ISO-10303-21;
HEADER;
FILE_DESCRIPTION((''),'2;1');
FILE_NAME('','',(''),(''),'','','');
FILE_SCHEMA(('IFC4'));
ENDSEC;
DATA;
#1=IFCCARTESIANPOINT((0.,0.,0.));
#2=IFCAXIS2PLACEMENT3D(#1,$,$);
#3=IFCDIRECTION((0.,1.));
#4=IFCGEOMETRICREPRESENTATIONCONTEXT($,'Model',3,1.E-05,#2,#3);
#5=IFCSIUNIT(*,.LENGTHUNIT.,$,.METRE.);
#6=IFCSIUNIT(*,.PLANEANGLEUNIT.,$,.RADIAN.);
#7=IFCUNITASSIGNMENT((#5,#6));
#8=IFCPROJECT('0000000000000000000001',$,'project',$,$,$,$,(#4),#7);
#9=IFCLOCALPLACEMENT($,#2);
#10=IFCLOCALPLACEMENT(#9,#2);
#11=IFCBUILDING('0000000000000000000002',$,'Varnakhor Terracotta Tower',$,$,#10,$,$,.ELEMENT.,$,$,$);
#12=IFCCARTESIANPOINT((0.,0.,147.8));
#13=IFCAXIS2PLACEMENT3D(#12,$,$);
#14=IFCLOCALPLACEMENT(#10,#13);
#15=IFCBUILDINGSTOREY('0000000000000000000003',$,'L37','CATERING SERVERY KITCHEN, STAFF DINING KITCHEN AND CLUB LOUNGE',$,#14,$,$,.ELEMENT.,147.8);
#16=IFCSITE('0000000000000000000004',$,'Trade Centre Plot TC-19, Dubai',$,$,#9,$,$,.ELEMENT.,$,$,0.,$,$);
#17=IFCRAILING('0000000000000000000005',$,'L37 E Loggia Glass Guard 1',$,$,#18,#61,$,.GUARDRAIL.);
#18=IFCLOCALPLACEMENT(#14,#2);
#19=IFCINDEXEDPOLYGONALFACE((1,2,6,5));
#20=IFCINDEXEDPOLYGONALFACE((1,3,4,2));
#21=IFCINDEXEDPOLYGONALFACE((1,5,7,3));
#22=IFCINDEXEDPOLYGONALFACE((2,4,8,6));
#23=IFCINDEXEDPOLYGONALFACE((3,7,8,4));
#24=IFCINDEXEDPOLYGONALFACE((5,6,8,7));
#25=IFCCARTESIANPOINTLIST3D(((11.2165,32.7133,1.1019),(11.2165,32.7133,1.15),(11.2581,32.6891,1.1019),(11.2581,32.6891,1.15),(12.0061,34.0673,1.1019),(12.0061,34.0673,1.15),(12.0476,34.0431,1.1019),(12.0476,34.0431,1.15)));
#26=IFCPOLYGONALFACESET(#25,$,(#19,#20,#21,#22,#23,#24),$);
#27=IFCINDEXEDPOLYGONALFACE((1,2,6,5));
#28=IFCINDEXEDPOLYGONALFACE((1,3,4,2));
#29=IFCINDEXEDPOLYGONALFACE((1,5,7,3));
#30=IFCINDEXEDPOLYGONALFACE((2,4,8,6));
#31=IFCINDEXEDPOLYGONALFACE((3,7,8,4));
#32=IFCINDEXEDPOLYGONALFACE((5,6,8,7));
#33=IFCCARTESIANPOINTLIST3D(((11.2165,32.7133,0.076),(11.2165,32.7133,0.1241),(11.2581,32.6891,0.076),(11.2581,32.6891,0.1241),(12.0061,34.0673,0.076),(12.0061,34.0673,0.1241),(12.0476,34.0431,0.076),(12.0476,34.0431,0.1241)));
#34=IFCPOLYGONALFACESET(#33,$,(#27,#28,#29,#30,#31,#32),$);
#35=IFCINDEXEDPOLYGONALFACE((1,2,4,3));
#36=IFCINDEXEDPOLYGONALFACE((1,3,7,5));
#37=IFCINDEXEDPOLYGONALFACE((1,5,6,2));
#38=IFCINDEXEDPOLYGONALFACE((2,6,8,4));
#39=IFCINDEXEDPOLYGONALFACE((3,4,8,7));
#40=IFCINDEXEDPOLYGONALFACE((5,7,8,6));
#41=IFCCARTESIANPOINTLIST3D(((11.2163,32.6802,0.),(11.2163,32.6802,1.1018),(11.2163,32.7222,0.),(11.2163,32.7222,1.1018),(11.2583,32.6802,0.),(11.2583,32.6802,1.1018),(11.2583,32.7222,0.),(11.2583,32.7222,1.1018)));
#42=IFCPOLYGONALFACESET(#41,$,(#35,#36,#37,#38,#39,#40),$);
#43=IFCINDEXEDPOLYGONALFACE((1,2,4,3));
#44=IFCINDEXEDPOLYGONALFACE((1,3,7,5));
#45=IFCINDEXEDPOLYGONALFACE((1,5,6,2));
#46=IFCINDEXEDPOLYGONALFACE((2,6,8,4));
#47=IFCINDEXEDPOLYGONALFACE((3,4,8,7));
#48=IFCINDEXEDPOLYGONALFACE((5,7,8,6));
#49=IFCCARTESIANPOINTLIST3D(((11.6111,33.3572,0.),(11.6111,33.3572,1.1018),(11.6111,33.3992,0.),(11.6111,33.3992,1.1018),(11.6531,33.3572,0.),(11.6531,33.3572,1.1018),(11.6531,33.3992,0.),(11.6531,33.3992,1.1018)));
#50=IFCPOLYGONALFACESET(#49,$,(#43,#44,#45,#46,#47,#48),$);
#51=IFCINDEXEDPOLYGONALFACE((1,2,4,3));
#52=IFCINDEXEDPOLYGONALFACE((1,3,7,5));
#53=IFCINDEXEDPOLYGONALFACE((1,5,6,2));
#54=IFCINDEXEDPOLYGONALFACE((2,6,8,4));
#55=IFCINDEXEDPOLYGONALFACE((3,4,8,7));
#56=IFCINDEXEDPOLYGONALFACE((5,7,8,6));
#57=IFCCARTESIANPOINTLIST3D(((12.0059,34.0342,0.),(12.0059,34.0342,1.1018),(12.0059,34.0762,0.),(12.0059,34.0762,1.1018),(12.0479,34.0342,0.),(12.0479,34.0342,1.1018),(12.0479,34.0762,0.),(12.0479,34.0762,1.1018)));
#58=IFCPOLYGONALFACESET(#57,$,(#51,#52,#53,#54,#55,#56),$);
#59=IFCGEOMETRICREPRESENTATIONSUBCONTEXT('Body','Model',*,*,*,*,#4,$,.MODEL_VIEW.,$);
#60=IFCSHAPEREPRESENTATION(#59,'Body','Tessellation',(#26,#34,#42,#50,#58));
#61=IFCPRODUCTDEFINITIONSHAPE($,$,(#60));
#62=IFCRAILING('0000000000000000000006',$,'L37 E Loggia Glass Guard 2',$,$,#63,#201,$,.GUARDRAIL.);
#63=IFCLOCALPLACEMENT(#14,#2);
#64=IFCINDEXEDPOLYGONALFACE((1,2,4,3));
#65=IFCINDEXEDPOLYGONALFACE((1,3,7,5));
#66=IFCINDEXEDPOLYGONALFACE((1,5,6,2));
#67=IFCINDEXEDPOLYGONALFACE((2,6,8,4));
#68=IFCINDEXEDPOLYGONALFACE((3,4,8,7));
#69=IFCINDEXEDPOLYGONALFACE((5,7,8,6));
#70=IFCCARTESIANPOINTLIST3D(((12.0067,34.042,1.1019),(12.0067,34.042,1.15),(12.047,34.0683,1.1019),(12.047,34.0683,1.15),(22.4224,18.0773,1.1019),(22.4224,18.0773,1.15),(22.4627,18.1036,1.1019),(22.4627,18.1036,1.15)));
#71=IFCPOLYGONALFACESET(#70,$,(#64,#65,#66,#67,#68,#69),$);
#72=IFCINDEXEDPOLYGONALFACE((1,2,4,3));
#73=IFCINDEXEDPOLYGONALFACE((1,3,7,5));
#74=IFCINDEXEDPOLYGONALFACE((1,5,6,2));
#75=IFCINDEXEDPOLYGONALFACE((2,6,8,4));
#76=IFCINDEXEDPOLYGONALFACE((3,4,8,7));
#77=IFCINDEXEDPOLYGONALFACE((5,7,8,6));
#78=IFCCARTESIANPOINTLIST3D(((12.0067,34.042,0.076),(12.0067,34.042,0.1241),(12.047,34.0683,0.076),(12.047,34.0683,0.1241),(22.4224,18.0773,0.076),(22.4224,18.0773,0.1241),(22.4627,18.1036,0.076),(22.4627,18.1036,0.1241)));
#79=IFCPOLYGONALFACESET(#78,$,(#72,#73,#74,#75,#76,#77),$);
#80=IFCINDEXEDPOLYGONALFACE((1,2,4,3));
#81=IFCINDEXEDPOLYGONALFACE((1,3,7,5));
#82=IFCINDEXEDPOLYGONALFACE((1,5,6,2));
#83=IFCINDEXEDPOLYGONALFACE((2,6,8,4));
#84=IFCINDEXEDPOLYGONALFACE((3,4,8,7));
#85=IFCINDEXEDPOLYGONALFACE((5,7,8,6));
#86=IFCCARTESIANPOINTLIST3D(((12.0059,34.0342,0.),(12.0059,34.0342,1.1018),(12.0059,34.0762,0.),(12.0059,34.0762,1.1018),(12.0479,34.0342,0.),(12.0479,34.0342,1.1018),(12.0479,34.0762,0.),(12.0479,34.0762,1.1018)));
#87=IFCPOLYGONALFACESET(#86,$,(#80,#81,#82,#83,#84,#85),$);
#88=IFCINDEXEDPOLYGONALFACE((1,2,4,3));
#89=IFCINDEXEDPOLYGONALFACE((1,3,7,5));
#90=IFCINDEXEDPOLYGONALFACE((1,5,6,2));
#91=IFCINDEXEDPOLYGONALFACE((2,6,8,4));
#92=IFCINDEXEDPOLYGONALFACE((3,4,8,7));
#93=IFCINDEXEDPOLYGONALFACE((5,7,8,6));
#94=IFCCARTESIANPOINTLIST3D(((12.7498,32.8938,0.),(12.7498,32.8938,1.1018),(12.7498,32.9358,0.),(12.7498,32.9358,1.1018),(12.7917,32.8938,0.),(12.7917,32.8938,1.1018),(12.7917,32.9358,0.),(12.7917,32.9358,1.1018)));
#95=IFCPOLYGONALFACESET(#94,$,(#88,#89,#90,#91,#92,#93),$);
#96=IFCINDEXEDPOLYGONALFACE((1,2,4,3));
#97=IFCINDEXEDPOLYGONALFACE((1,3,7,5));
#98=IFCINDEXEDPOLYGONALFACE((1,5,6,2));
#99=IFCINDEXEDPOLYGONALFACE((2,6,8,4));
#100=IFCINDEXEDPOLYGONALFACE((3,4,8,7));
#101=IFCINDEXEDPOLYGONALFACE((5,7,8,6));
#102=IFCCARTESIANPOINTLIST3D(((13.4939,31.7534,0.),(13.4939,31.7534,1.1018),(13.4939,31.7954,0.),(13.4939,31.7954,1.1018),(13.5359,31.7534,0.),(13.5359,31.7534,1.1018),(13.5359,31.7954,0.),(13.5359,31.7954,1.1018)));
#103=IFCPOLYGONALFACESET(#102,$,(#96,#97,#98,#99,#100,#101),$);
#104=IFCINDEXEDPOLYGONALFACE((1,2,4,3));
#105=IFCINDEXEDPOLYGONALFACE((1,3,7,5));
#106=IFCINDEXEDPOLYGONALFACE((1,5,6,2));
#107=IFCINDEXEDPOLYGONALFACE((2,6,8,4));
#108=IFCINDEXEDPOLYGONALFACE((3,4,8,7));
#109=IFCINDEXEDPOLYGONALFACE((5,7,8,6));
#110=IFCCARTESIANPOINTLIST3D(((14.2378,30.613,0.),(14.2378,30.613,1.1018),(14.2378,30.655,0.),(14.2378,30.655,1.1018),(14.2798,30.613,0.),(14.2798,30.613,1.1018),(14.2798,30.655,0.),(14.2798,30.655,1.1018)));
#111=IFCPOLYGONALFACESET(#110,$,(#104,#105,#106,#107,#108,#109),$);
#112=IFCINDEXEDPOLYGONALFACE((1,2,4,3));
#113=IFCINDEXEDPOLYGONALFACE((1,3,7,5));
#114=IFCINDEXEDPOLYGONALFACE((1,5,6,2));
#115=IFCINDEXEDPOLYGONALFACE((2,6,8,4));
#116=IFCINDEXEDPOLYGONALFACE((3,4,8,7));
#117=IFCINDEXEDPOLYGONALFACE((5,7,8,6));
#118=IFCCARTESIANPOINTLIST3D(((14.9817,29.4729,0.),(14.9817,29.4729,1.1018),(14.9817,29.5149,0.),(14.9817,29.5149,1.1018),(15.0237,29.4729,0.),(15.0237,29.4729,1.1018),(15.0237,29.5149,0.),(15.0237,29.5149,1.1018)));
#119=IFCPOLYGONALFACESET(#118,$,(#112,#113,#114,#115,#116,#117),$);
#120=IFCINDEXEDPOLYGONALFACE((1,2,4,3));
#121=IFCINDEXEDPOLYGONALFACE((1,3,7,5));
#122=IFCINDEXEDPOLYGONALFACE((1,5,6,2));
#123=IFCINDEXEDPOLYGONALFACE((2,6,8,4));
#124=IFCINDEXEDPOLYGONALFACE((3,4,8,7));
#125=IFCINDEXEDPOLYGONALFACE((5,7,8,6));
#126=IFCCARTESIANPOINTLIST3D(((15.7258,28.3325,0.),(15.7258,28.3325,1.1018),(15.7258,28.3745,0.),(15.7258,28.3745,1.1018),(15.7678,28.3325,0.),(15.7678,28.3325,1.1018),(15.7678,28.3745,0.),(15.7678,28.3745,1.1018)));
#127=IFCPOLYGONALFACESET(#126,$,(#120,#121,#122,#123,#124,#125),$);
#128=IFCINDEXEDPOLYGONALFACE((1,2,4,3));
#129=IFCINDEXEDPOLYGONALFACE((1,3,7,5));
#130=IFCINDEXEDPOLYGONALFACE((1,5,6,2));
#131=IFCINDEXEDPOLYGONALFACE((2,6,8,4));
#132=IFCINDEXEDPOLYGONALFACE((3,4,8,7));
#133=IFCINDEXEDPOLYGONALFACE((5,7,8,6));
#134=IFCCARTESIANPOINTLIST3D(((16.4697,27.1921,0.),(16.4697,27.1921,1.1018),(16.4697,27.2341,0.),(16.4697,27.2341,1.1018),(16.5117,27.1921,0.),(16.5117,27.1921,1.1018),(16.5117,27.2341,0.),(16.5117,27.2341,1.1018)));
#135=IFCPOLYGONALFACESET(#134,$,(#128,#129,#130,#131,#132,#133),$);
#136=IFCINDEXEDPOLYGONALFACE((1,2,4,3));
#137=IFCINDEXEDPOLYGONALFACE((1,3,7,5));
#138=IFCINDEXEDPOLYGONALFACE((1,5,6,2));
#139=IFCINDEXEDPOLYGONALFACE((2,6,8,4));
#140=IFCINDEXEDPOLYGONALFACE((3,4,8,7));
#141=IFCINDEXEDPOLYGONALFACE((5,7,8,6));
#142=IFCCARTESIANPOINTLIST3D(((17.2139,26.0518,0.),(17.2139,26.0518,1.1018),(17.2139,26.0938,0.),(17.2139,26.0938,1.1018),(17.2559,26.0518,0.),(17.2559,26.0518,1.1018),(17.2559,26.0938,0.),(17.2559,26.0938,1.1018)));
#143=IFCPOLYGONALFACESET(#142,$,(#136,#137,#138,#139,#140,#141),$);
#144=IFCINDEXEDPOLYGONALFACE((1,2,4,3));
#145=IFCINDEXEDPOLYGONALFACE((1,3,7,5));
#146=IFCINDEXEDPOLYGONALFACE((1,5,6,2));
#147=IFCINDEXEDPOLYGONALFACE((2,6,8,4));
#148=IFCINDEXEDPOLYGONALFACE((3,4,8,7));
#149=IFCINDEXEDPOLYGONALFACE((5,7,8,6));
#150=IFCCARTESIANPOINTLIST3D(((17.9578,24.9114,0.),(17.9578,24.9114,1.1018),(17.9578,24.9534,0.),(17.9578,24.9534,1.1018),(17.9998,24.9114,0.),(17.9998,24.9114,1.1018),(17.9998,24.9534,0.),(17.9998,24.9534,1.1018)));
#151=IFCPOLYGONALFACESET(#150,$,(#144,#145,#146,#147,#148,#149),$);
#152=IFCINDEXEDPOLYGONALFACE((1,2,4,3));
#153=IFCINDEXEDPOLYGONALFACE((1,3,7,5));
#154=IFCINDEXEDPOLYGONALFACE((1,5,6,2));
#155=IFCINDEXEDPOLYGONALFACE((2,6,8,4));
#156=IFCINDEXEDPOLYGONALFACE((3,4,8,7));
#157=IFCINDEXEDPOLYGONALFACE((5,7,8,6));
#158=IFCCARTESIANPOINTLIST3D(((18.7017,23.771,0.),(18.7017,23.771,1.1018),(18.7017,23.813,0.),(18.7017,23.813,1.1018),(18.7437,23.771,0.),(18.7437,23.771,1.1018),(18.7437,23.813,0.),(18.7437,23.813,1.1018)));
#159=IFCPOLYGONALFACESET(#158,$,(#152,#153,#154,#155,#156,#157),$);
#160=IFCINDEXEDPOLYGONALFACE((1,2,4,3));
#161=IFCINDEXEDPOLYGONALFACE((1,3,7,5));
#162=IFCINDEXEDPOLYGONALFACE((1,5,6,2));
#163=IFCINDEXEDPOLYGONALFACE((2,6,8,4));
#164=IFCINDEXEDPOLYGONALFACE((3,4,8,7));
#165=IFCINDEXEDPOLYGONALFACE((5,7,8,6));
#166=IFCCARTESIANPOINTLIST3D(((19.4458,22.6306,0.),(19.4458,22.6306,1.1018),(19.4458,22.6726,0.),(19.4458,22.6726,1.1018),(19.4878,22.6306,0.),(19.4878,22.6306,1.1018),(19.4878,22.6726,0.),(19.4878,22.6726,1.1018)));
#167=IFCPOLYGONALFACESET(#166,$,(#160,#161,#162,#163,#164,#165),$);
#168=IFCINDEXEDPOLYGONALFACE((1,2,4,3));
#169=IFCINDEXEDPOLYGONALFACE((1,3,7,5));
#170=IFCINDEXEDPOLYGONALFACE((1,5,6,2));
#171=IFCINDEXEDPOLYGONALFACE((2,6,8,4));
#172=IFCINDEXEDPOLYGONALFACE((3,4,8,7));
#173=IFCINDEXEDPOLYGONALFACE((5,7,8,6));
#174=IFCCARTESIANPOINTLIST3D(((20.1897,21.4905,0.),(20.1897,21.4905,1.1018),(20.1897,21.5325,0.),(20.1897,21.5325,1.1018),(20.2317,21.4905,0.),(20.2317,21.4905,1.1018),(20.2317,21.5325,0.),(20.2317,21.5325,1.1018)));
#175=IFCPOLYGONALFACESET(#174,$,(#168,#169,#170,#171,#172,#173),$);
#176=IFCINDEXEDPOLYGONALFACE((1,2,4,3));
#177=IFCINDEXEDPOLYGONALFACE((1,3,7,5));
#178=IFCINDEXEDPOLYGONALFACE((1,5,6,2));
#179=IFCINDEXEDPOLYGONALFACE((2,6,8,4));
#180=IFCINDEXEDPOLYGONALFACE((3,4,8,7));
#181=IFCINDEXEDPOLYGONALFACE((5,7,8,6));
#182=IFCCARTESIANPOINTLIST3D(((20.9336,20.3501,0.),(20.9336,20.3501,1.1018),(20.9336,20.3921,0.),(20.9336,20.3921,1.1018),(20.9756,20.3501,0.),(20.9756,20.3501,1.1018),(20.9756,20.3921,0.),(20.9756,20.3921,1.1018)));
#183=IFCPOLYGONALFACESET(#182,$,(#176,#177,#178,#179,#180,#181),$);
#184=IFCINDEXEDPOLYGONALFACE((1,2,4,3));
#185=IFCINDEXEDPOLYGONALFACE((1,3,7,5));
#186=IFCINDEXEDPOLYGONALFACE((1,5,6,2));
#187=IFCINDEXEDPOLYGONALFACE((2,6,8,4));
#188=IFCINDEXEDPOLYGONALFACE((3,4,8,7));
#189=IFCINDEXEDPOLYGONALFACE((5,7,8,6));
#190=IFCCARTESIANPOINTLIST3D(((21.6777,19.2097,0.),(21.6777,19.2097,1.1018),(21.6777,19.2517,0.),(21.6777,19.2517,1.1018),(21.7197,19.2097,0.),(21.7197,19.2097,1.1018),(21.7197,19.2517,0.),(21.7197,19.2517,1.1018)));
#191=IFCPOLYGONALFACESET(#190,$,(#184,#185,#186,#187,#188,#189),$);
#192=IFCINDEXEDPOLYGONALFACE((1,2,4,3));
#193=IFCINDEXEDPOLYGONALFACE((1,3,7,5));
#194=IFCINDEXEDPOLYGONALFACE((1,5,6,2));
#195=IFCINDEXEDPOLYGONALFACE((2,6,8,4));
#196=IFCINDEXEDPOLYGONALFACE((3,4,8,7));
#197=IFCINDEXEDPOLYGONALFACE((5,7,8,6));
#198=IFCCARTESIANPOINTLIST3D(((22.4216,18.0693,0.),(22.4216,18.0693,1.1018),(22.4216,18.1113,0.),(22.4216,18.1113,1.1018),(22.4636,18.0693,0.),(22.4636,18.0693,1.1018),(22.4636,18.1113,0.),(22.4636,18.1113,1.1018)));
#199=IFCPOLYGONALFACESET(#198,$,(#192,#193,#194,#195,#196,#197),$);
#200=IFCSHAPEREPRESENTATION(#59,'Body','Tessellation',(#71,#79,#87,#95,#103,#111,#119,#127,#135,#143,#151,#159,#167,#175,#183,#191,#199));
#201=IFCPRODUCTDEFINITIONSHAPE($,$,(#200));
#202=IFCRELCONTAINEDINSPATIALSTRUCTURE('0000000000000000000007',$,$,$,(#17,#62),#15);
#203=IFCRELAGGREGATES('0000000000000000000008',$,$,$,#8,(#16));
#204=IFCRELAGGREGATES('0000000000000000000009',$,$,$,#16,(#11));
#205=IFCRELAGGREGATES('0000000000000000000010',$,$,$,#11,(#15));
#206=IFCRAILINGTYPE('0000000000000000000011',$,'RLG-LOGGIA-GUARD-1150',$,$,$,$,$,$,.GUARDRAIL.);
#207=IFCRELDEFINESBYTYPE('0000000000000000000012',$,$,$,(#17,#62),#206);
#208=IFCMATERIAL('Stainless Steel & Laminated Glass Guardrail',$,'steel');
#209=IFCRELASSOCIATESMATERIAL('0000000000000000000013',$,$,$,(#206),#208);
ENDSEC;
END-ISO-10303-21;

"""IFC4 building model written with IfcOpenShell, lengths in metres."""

from ifc_helpers import new_model, si_unit, direction, frame, origin, origin_2d, place, context, subcontext, project, spatial, rectangle, extrude, material, type_object, element, save


model = new_model("IFC4")

# Units and contexts
model_context = context("Model", 3, precision=1e-05, world=origin(), true_north=direction((0.0, 1.0)))
body_context = subcontext(model_context, "Body", "Model", "MODEL_VIEW")
ifc_project = project(units=[si_unit("LENGTHUNIT", "METRE"), si_unit("PLANEANGLEUNIT", "RADIAN")], contexts=[model_context])

# Site, building, storey
site_placement = place(None, origin())
site = spatial("IfcSite", under=ifc_project, at=site_placement, Name="Trade Centre Plot TC-19, Dubai", CompositionType="ELEMENT", RefElevation=0.0)
building_placement = place(site_placement, origin())
building = spatial("IfcBuilding", under=site, at=building_placement, Name="Varnakhor Terracotta Tower", CompositionType="ELEMENT")
storey_placement = place(building_placement, frame((0.0, 0.0, 147.8)))
storey = spatial("IfcBuildingStorey", under=building, at=storey_placement, Name="L37", Description="CATERING SERVERY KITCHEN, STAFF DINING KITCHEN AND CLUB LOUNGE", CompositionType="ELEMENT", Elevation=147.8)

# Railings
ifc_material_1 = material(Name="Stainless Steel & Laminated Glass Guardrail", Category="steel")
railing_type = type_object("IfcRailingType", Name="RLG-LOGGIA-GUARD-1150", PredefinedType="GUARDRAIL", material=ifc_material_1)
railing_1_placement = place(storey_placement, frame((11.2373, 32.7012, 0.0)))
element("IfcRailing", 1, at=railing_1_placement, inside=storey, type_object=railing_type, Name="L37 E Loggia Glass Guard 1", PredefinedType="GUARDRAIL", context=body_context, shape_type="SweptSolid", body=[
    extrude(rectangle(XDim=0.0481, YDim=0.0481, at=origin_2d()), frame((0.0, 0.0, 1.126), z_axis=(0.503735, 0.863858, 0.0), x_axis=(-0.863858, 0.503735, 0.0)), (0.0, 0.0, 1.0), 1.5674),
    extrude(rectangle(XDim=0.0481, YDim=0.0481, at=origin_2d()), frame((0.0, 0.0, 0.1001), z_axis=(0.503735, 0.863858, 0.0), x_axis=(-0.863858, 0.503735, 0.0)), (0.0, 0.0, 1.0), 1.5674),
    extrude(rectangle(XDim=0.042, YDim=0.042, at=origin_2d()), origin(), (0.0, 0.0, 1.0), 1.1018),
    extrude(rectangle(XDim=0.042, YDim=0.042, at=origin_2d()), frame((0.3948, 0.677, 0.0)), (0.0, 0.0, 1.0), 1.1018),
    extrude(rectangle(XDim=0.042, YDim=0.042, at=origin_2d()), frame((0.7896, 1.354, 0.0)), (0.0, 0.0, 1.0), 1.1018),
])
railing_2_placement = place(storey_placement, frame((12.0269, 34.0552, 0.0)))
element("IfcRailing", 2, at=railing_2_placement, inside=storey, type_object=railing_type, Name="L37 E Loggia Glass Guard 2", PredefinedType="GUARDRAIL", context=body_context, shape_type="SweptSolid", body=[
    extrude(rectangle(XDim=0.0481, YDim=0.0481, at=origin_2d()), frame((0.0, 0.0, 1.126), z_axis=(0.546412, -0.837517, 0.0), x_axis=(0.837517, 0.546412, 0.0)), (0.0, 0.0, 1.0), 19.062),
    extrude(rectangle(XDim=0.0481, YDim=0.0481, at=origin_2d()), frame((0.0, 0.0, 0.1001), z_axis=(0.546412, -0.837517, 0.0), x_axis=(0.837517, 0.546412, 0.0)), (0.0, 0.0, 1.0), 19.062),
    extrude(rectangle(XDim=0.042, YDim=0.042, at=origin_2d()), origin(), (0.0, 0.0, 1.0), 1.1018),
    extrude(rectangle(XDim=0.042, YDim=0.042, at=origin_2d()), frame((0.7439, -1.1404, 0.0)), (0.0, 0.0, 1.0), 1.1018),
    extrude(rectangle(XDim=0.042, YDim=0.042, at=origin_2d()), frame((1.488, -2.2808, 0.0)), (0.0, 0.0, 1.0), 1.1018),
    extrude(rectangle(XDim=0.042, YDim=0.042, at=origin_2d()), frame((2.2319, -3.4211, 0.0)), (0.0, 0.0, 1.0), 1.1018),
    extrude(rectangle(XDim=0.042, YDim=0.042, at=origin_2d()), frame((2.9758, -4.5613, 0.0)), (0.0, 0.0, 1.0), 1.1018),
    extrude(rectangle(XDim=0.042, YDim=0.042, at=origin_2d()), frame((3.72, -5.7017, 0.0)), (0.0, 0.0, 1.0), 1.1018),
    extrude(rectangle(XDim=0.042, YDim=0.042, at=origin_2d()), frame((4.4639, -6.842, 0.0)), (0.0, 0.0, 1.0), 1.1018),
    extrude(rectangle(XDim=0.042, YDim=0.042, at=origin_2d()), frame((5.208, -7.9824, 0.0)), (0.0, 0.0, 1.0), 1.1018),
    extrude(rectangle(XDim=0.042, YDim=0.042, at=origin_2d()), frame((5.9519, -9.1228, 0.0)), (0.0, 0.0, 1.0), 1.1018),
    extrude(rectangle(XDim=0.042, YDim=0.042, at=origin_2d()), frame((6.6958, -10.2632, 0.0)), (0.0, 0.0, 1.0), 1.1018),
    extrude(rectangle(XDim=0.042, YDim=0.042, at=origin_2d()), frame((7.4399, -11.4036, 0.0)), (0.0, 0.0, 1.0), 1.1018),
    extrude(rectangle(XDim=0.042, YDim=0.042, at=origin_2d()), frame((8.1838, -12.5437, 0.0)), (0.0, 0.0, 1.0), 1.1018),
    extrude(rectangle(XDim=0.042, YDim=0.042, at=origin_2d()), frame((8.9277, -13.6841, 0.0)), (0.0, 0.0, 1.0), 1.1018),
    extrude(rectangle(XDim=0.042, YDim=0.042, at=origin_2d()), frame((9.6719, -14.8245, 0.0)), (0.0, 0.0, 1.0), 1.1018),
    extrude(rectangle(XDim=0.042, YDim=0.042, at=origin_2d()), frame((10.4158, -15.9648, 0.0)), (0.0, 0.0, 1.0), 1.1018),
])

save(model, "model.ifc")
